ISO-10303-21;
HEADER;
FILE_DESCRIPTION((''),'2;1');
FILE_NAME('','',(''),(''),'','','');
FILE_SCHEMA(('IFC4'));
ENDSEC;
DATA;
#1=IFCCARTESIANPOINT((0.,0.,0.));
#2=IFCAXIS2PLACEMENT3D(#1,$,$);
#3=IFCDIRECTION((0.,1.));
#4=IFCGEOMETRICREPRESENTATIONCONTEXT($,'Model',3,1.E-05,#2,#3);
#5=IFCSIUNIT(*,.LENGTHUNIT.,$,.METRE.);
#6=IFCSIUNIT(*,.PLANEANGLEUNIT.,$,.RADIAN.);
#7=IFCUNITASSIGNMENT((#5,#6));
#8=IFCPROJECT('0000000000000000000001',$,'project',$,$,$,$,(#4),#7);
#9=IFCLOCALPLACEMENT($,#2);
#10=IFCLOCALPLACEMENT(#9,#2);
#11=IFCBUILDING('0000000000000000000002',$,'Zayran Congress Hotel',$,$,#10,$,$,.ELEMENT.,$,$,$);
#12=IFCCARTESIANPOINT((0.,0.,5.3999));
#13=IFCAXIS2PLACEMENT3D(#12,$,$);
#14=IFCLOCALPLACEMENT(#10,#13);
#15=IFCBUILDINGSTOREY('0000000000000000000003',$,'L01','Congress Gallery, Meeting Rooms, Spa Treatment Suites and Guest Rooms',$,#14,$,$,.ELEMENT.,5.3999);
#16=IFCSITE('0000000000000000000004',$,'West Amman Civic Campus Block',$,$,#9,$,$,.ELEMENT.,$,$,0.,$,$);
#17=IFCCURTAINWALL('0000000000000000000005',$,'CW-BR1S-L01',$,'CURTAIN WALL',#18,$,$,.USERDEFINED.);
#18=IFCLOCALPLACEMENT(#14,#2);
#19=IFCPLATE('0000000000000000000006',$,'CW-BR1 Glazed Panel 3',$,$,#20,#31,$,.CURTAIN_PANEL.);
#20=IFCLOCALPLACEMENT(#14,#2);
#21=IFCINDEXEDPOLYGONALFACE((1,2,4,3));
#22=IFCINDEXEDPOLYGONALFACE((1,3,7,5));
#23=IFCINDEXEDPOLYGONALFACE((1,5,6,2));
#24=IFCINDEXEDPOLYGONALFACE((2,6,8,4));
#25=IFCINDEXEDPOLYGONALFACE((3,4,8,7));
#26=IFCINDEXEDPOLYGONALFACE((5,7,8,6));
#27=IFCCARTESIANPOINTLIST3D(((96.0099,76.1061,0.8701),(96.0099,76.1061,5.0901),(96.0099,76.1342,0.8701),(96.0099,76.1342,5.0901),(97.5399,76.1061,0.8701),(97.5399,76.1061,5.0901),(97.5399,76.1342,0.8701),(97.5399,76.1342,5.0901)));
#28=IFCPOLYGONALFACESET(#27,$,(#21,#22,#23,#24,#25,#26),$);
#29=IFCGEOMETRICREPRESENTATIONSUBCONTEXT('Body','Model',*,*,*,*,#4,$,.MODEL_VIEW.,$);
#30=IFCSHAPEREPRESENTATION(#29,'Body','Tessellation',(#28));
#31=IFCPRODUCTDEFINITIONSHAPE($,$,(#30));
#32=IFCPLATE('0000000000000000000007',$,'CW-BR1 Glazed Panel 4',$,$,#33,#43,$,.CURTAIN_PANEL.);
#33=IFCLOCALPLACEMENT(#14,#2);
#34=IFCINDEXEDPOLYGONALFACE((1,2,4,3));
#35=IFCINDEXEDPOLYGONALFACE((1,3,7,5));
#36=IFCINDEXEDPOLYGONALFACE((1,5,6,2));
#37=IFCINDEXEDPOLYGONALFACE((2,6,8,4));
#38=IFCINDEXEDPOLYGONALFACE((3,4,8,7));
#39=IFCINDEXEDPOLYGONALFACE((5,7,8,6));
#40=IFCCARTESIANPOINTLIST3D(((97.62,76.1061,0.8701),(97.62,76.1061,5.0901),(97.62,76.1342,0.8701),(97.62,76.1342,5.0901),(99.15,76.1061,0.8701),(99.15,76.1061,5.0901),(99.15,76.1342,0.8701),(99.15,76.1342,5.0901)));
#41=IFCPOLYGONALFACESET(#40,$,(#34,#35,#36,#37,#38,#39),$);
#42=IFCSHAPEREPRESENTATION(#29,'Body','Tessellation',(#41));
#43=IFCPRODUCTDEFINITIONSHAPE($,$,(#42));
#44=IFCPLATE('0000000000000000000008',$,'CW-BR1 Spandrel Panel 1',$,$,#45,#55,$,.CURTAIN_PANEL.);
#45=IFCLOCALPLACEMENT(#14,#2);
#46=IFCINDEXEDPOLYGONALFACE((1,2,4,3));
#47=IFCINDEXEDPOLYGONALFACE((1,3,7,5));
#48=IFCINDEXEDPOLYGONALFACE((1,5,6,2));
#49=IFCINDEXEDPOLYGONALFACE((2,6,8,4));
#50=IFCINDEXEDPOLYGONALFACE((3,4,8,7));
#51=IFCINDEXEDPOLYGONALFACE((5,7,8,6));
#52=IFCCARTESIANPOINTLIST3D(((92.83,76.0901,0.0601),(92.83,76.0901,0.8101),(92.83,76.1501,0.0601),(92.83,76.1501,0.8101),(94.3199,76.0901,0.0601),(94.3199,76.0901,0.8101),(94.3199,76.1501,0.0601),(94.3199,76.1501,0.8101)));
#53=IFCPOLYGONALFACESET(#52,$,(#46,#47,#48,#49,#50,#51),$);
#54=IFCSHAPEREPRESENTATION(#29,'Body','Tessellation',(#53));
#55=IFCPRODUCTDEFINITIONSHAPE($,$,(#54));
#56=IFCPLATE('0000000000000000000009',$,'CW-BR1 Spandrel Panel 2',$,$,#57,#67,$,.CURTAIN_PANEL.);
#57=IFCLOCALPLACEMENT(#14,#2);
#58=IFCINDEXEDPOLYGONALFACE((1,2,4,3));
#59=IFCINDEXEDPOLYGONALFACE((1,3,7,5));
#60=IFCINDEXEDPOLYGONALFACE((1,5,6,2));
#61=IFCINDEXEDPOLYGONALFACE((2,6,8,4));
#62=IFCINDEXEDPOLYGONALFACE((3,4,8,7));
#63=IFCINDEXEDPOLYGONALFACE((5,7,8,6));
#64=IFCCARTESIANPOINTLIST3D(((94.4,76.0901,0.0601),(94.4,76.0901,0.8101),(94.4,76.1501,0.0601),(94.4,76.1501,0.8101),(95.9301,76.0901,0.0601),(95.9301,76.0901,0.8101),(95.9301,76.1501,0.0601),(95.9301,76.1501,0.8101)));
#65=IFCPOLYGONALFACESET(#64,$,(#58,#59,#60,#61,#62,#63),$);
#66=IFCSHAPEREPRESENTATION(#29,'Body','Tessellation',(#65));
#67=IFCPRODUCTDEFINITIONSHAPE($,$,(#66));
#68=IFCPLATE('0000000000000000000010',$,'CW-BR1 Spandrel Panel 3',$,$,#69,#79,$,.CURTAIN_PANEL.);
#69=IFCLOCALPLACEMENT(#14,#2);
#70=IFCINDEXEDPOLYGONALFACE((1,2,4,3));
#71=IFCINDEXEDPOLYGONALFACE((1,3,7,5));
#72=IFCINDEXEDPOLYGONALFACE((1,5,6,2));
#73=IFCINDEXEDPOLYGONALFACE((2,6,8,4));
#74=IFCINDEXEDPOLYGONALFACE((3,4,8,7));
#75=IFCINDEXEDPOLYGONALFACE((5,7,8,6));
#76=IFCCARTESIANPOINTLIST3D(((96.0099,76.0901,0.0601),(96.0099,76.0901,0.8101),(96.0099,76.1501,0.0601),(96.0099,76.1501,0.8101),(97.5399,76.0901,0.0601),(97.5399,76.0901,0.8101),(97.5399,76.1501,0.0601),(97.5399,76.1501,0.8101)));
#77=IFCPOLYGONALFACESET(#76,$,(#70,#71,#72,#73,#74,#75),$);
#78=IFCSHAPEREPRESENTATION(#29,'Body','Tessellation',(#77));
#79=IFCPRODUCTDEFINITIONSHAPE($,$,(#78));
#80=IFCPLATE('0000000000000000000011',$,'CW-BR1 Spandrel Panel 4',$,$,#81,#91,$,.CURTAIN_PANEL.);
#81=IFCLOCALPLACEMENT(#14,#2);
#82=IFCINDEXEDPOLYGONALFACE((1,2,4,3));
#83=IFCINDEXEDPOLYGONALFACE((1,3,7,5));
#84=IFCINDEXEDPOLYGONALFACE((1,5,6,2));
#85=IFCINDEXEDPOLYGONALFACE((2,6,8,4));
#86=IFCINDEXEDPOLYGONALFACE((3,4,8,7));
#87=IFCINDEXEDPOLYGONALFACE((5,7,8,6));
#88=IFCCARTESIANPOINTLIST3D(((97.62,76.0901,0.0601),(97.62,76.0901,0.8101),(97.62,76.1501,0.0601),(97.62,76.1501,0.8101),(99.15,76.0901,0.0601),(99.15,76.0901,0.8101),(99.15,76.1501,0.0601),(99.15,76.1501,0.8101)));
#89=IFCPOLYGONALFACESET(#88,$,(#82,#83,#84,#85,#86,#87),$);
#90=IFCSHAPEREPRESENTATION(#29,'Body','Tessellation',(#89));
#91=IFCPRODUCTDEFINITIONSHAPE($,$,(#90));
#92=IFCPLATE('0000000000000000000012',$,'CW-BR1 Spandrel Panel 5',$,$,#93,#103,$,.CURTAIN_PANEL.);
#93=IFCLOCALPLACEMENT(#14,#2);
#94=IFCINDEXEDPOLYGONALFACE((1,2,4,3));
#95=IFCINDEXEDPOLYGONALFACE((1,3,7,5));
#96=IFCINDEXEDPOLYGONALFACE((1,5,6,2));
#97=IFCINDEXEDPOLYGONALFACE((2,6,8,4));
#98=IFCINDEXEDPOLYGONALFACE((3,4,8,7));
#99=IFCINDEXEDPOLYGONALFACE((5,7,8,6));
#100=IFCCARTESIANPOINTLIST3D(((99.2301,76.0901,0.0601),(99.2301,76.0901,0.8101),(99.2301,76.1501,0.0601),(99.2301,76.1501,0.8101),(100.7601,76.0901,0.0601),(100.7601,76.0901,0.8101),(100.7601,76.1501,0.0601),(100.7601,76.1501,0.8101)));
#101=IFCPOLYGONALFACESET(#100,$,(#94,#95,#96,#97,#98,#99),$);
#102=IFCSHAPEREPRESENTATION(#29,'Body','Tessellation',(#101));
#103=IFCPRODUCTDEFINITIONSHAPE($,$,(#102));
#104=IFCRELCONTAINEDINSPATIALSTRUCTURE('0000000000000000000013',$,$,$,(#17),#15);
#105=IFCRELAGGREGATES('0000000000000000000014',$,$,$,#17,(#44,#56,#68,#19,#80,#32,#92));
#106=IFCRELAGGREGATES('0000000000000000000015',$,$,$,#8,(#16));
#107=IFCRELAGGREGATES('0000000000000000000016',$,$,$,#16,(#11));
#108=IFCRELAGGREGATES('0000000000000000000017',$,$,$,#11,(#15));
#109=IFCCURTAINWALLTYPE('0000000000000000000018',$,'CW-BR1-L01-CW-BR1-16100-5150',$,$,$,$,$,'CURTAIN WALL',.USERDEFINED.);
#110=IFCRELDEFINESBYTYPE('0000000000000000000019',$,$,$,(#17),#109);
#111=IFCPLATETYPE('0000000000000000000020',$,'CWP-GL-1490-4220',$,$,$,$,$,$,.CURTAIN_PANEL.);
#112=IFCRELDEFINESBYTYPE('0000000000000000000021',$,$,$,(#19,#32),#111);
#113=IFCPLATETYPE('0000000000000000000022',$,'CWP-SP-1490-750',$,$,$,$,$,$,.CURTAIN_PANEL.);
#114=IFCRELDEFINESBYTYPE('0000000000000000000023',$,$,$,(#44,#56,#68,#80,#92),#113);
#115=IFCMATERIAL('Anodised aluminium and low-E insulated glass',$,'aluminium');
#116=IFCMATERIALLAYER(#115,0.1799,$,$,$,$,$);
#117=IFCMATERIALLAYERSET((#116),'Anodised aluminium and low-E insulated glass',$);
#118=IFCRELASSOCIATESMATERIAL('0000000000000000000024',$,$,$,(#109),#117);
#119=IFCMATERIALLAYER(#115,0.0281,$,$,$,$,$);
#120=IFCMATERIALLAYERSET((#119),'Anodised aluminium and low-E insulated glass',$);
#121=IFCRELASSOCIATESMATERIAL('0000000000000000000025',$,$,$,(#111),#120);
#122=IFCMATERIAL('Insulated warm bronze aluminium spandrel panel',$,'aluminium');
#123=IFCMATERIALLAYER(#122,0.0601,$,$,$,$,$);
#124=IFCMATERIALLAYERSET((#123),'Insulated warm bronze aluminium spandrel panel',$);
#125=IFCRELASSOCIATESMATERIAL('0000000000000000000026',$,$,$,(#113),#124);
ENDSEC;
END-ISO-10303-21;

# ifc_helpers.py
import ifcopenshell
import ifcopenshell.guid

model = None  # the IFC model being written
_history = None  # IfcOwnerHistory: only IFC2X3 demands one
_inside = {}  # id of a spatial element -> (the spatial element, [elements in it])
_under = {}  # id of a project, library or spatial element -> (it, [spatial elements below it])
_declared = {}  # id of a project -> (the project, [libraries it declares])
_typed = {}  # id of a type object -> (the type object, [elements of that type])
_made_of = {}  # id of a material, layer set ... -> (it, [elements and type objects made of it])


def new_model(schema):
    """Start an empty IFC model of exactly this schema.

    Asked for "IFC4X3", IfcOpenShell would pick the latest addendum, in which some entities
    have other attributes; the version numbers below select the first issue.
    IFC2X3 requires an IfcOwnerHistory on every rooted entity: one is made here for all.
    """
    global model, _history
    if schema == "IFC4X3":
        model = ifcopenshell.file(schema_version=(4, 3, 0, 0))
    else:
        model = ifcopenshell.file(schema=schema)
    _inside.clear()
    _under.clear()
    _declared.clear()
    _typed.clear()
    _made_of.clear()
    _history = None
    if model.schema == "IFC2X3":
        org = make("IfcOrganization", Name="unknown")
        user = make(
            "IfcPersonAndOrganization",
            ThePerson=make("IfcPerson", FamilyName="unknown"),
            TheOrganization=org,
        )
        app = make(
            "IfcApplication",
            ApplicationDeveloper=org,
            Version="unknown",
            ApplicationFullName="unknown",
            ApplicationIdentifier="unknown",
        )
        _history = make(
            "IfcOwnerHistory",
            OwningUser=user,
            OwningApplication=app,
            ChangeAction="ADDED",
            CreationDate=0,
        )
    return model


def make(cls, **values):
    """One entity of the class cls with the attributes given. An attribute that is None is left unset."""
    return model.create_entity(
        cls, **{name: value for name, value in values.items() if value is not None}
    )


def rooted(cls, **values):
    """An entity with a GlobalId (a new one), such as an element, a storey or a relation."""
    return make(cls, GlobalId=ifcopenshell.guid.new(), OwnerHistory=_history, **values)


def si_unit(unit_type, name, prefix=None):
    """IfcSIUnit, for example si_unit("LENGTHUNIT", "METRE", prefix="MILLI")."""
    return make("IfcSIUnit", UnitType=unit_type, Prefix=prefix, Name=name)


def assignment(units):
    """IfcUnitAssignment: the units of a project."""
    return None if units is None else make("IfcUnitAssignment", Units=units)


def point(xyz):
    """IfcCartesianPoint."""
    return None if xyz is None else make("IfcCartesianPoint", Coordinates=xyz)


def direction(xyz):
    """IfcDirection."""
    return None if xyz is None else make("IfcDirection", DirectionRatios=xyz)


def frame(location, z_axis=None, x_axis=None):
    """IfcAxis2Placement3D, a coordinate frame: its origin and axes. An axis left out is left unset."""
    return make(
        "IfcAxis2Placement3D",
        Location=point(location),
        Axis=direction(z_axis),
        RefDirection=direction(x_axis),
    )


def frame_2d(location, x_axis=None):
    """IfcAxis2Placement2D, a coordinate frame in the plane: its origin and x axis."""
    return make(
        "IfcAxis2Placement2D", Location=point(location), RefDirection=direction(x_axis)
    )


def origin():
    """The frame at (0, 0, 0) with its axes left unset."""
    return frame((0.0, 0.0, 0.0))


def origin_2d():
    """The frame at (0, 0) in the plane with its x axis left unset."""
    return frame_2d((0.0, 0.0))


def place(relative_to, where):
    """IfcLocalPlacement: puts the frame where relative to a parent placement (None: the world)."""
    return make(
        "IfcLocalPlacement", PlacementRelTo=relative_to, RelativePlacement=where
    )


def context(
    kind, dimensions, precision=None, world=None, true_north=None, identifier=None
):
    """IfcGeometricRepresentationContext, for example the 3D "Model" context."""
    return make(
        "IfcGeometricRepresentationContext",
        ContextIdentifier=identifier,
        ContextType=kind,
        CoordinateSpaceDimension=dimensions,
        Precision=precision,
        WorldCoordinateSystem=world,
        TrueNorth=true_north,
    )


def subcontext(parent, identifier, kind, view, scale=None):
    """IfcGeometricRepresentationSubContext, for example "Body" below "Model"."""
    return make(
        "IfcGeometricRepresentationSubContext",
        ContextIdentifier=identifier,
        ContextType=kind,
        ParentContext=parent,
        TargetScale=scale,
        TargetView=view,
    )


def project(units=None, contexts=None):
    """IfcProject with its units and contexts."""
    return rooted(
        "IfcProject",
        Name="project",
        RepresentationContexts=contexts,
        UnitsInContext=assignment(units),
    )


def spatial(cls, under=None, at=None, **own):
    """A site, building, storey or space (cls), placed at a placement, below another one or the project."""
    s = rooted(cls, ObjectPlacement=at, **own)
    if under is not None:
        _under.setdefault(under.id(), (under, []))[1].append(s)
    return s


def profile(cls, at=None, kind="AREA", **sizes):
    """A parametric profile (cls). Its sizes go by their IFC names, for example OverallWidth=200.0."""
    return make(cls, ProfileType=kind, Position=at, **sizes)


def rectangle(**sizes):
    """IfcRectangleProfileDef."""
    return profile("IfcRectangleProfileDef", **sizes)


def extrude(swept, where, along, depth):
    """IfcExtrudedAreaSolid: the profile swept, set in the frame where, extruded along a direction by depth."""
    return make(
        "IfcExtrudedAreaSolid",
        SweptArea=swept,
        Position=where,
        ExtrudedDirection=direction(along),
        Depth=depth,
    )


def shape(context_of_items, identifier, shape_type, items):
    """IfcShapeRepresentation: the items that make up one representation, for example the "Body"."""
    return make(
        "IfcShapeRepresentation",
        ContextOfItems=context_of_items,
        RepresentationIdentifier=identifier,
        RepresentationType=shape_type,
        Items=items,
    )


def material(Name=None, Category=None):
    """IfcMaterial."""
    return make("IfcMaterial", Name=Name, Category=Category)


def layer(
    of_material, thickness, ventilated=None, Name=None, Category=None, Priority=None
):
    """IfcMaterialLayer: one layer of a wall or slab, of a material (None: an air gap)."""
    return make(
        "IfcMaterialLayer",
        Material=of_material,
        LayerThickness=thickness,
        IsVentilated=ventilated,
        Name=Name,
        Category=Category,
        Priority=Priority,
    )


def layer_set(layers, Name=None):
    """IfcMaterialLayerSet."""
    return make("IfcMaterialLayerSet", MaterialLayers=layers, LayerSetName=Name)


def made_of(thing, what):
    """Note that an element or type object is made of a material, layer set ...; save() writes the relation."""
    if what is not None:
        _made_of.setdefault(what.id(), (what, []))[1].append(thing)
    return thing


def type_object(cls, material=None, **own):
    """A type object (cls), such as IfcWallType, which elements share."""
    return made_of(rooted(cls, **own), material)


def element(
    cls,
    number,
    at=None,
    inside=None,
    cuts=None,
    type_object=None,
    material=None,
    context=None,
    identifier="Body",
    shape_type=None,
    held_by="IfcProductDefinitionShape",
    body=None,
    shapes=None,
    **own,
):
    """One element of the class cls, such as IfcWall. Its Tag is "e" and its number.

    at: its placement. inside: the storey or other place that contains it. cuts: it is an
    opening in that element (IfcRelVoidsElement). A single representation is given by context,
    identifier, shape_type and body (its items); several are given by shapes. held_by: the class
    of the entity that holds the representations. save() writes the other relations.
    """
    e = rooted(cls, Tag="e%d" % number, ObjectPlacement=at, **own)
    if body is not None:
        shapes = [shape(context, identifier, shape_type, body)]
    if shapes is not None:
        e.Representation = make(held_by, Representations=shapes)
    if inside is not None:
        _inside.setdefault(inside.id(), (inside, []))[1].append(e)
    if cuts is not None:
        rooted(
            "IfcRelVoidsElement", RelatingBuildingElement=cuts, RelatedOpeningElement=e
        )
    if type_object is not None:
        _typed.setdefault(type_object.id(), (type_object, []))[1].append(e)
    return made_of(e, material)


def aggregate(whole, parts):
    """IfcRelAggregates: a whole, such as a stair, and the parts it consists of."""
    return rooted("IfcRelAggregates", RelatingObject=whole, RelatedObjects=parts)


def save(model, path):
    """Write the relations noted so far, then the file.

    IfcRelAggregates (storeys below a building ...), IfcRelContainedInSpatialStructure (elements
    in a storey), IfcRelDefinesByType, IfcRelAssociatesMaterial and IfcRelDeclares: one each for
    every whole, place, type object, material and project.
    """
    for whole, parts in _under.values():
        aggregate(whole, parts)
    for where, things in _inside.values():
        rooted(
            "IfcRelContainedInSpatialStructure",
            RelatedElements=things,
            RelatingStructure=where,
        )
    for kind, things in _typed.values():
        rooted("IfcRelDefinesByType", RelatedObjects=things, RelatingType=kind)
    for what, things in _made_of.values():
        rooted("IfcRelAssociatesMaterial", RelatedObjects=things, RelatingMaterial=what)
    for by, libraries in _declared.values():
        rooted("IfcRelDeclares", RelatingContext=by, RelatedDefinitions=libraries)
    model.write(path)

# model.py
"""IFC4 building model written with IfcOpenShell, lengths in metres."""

from ifc_helpers import new_model, si_unit, direction, frame, origin, origin_2d, place, context, subcontext, project, spatial, rectangle, extrude, material, layer, layer_set, type_object, element, aggregate, save


model = new_model("IFC4")

# Units and contexts
model_context = context("Model", 3, precision=1e-05, world=origin(), true_north=direction((0.0, 1.0)))
body_context = subcontext(model_context, "Body", "Model", "MODEL_VIEW")
ifc_project = project(units=[si_unit("LENGTHUNIT", "METRE"), si_unit("PLANEANGLEUNIT", "RADIAN")], contexts=[model_context])

# Site, building, storey
site_placement = place(None, origin())
site = spatial("IfcSite", under=ifc_project, at=site_placement, Name="West Amman Civic Campus Block", CompositionType="ELEMENT", RefElevation=0.0)
building_placement = place(site_placement, origin())
building = spatial("IfcBuilding", under=site, at=building_placement, Name="Zayran Congress Hotel", CompositionType="ELEMENT")
storey_placement = place(building_placement, frame((0.0, 0.0, 5.3999)))
storey = spatial("IfcBuildingStorey", under=building, at=storey_placement, Name="L01", Description="Congress Gallery, Meeting Rooms, Spa Treatment Suites and Guest Rooms", CompositionType="ELEMENT", Elevation=5.3999)

# Curtain wall, plates
ifc_material_1 = material(Name="Anodised aluminium and low-E insulated glass", Category="aluminium")
ifc_layer_1 = layer(ifc_material_1, 0.1799)
ifc_layer_set_1 = layer_set([ifc_layer_1], Name="Anodised aluminium and low-E insulated glass")
curtain_wall_type = type_object("IfcCurtainWallType", Name="CW-BR1-L01-CW-BR1-16100-5150", ElementType="CURTAIN WALL", PredefinedType="USERDEFINED", material=ifc_layer_set_1)
curtain_wall_placement = place(storey_placement, origin())
curtain_wall = element("IfcCurtainWall", 1, at=curtain_wall_placement, inside=storey, type_object=curtain_wall_type, Name="CW-BR1S-L01", ObjectType="CURTAIN WALL", PredefinedType="USERDEFINED")
ifc_layer_2 = layer(ifc_material_1, 0.0281)
ifc_layer_set_2 = layer_set([ifc_layer_2], Name="Anodised aluminium and low-E insulated glass")
plate_type_1 = type_object("IfcPlateType", Name="CWP-GL-1490-4220", PredefinedType="CURTAIN_PANEL", material=ifc_layer_set_2)
plate_1_placement = place(storey_placement, frame((96.7749, 76.1201, 0.8701), z_axis=(0.0, 0.0, 1.0), x_axis=(1.0, 0.0, 0.0)))
plate_1 = element("IfcPlate", 2, at=plate_1_placement, type_object=plate_type_1, Name="CW-BR1 Glazed Panel 3", PredefinedType="CURTAIN_PANEL", context=body_context, shape_type="SweptSolid", body=[
    extrude(rectangle(XDim=1.53, YDim=0.0281, at=origin_2d()), origin(), (0.0, 0.0, 1.0), 4.22),
])
plate_2_placement = place(storey_placement, frame((98.385, 76.1201, 0.8701), z_axis=(0.0, 0.0, 1.0), x_axis=(1.0, 0.0, 0.0)))
plate_2 = element("IfcPlate", 3, at=plate_2_placement, type_object=plate_type_1, Name="CW-BR1 Glazed Panel 4", PredefinedType="CURTAIN_PANEL", context=body_context, shape_type="SweptSolid", body=[
    extrude(rectangle(XDim=1.53, YDim=0.0281, at=origin_2d()), origin(), (0.0, 0.0, 1.0), 4.22),
])
ifc_material_2 = material(Name="Insulated warm bronze aluminium spandrel panel", Category="aluminium")
ifc_layer_3 = layer(ifc_material_2, 0.0601)
ifc_layer_set_3 = layer_set([ifc_layer_3], Name="Insulated warm bronze aluminium spandrel panel")
plate_type_2 = type_object("IfcPlateType", Name="CWP-SP-1490-750", PredefinedType="CURTAIN_PANEL", material=ifc_layer_set_3)
plate_3_placement = place(storey_placement, frame((93.575, 76.1201, 0.0601), z_axis=(0.0, 0.0, 1.0), x_axis=(1.0, 0.0, 0.0)))
plate_3 = element("IfcPlate", 4, at=plate_3_placement, type_object=plate_type_2, Name="CW-BR1 Spandrel Panel 1", PredefinedType="CURTAIN_PANEL", context=body_context, shape_type="SweptSolid", body=[
    extrude(rectangle(XDim=1.49, YDim=0.0601, at=origin_2d()), origin(), (0.0, 0.0, 1.0), 0.75),
])
plate_4_placement = place(storey_placement, frame((95.165, 76.1201, 0.0601), z_axis=(0.0, 0.0, 1.0), x_axis=(1.0, 0.0, 0.0)))
plate_4 = element("IfcPlate", 5, at=plate_4_placement, type_object=plate_type_2, Name="CW-BR1 Spandrel Panel 2", PredefinedType="CURTAIN_PANEL", context=body_context, shape_type="SweptSolid", body=[
    extrude(rectangle(XDim=1.53, YDim=0.0601, at=origin_2d()), origin(), (0.0, 0.0, 1.0), 0.75),
])
plate_5_placement = place(storey_placement, frame((96.7749, 76.1201, 0.0601), z_axis=(0.0, 0.0, 1.0), x_axis=(1.0, 0.0, 0.0)))
plate_5 = element("IfcPlate", 6, at=plate_5_placement, type_object=plate_type_2, Name="CW-BR1 Spandrel Panel 3", PredefinedType="CURTAIN_PANEL", context=body_context, shape_type="SweptSolid", body=[
    extrude(rectangle(XDim=1.53, YDim=0.0601, at=origin_2d()), origin(), (0.0, 0.0, 1.0), 0.75),
])
plate_6_placement = place(storey_placement, frame((98.385, 76.1201, 0.0601), z_axis=(0.0, 0.0, 1.0), x_axis=(1.0, 0.0, 0.0)))
plate_6 = element("IfcPlate", 7, at=plate_6_placement, type_object=plate_type_2, Name="CW-BR1 Spandrel Panel 4", PredefinedType="CURTAIN_PANEL", context=body_context, shape_type="SweptSolid", body=[
    extrude(rectangle(XDim=1.53, YDim=0.0601, at=origin_2d()), origin(), (0.0, 0.0, 1.0), 0.75),
])
plate_7_placement = place(storey_placement, frame((99.9951, 76.1201, 0.0601), z_axis=(0.0, 0.0, 1.0), x_axis=(1.0, 0.0, 0.0)))
plate_7 = element("IfcPlate", 8, at=plate_7_placement, type_object=plate_type_2, Name="CW-BR1 Spandrel Panel 5", PredefinedType="CURTAIN_PANEL", context=body_context, shape_type="SweptSolid", body=[
    extrude(rectangle(XDim=1.53, YDim=0.0601, at=origin_2d()), origin(), (0.0, 0.0, 1.0), 0.75),
])
aggregate(curtain_wall, [plate_3, plate_4, plate_5, plate_1, plate_6, plate_2, plate_7])

save(model, "model.ifc")
